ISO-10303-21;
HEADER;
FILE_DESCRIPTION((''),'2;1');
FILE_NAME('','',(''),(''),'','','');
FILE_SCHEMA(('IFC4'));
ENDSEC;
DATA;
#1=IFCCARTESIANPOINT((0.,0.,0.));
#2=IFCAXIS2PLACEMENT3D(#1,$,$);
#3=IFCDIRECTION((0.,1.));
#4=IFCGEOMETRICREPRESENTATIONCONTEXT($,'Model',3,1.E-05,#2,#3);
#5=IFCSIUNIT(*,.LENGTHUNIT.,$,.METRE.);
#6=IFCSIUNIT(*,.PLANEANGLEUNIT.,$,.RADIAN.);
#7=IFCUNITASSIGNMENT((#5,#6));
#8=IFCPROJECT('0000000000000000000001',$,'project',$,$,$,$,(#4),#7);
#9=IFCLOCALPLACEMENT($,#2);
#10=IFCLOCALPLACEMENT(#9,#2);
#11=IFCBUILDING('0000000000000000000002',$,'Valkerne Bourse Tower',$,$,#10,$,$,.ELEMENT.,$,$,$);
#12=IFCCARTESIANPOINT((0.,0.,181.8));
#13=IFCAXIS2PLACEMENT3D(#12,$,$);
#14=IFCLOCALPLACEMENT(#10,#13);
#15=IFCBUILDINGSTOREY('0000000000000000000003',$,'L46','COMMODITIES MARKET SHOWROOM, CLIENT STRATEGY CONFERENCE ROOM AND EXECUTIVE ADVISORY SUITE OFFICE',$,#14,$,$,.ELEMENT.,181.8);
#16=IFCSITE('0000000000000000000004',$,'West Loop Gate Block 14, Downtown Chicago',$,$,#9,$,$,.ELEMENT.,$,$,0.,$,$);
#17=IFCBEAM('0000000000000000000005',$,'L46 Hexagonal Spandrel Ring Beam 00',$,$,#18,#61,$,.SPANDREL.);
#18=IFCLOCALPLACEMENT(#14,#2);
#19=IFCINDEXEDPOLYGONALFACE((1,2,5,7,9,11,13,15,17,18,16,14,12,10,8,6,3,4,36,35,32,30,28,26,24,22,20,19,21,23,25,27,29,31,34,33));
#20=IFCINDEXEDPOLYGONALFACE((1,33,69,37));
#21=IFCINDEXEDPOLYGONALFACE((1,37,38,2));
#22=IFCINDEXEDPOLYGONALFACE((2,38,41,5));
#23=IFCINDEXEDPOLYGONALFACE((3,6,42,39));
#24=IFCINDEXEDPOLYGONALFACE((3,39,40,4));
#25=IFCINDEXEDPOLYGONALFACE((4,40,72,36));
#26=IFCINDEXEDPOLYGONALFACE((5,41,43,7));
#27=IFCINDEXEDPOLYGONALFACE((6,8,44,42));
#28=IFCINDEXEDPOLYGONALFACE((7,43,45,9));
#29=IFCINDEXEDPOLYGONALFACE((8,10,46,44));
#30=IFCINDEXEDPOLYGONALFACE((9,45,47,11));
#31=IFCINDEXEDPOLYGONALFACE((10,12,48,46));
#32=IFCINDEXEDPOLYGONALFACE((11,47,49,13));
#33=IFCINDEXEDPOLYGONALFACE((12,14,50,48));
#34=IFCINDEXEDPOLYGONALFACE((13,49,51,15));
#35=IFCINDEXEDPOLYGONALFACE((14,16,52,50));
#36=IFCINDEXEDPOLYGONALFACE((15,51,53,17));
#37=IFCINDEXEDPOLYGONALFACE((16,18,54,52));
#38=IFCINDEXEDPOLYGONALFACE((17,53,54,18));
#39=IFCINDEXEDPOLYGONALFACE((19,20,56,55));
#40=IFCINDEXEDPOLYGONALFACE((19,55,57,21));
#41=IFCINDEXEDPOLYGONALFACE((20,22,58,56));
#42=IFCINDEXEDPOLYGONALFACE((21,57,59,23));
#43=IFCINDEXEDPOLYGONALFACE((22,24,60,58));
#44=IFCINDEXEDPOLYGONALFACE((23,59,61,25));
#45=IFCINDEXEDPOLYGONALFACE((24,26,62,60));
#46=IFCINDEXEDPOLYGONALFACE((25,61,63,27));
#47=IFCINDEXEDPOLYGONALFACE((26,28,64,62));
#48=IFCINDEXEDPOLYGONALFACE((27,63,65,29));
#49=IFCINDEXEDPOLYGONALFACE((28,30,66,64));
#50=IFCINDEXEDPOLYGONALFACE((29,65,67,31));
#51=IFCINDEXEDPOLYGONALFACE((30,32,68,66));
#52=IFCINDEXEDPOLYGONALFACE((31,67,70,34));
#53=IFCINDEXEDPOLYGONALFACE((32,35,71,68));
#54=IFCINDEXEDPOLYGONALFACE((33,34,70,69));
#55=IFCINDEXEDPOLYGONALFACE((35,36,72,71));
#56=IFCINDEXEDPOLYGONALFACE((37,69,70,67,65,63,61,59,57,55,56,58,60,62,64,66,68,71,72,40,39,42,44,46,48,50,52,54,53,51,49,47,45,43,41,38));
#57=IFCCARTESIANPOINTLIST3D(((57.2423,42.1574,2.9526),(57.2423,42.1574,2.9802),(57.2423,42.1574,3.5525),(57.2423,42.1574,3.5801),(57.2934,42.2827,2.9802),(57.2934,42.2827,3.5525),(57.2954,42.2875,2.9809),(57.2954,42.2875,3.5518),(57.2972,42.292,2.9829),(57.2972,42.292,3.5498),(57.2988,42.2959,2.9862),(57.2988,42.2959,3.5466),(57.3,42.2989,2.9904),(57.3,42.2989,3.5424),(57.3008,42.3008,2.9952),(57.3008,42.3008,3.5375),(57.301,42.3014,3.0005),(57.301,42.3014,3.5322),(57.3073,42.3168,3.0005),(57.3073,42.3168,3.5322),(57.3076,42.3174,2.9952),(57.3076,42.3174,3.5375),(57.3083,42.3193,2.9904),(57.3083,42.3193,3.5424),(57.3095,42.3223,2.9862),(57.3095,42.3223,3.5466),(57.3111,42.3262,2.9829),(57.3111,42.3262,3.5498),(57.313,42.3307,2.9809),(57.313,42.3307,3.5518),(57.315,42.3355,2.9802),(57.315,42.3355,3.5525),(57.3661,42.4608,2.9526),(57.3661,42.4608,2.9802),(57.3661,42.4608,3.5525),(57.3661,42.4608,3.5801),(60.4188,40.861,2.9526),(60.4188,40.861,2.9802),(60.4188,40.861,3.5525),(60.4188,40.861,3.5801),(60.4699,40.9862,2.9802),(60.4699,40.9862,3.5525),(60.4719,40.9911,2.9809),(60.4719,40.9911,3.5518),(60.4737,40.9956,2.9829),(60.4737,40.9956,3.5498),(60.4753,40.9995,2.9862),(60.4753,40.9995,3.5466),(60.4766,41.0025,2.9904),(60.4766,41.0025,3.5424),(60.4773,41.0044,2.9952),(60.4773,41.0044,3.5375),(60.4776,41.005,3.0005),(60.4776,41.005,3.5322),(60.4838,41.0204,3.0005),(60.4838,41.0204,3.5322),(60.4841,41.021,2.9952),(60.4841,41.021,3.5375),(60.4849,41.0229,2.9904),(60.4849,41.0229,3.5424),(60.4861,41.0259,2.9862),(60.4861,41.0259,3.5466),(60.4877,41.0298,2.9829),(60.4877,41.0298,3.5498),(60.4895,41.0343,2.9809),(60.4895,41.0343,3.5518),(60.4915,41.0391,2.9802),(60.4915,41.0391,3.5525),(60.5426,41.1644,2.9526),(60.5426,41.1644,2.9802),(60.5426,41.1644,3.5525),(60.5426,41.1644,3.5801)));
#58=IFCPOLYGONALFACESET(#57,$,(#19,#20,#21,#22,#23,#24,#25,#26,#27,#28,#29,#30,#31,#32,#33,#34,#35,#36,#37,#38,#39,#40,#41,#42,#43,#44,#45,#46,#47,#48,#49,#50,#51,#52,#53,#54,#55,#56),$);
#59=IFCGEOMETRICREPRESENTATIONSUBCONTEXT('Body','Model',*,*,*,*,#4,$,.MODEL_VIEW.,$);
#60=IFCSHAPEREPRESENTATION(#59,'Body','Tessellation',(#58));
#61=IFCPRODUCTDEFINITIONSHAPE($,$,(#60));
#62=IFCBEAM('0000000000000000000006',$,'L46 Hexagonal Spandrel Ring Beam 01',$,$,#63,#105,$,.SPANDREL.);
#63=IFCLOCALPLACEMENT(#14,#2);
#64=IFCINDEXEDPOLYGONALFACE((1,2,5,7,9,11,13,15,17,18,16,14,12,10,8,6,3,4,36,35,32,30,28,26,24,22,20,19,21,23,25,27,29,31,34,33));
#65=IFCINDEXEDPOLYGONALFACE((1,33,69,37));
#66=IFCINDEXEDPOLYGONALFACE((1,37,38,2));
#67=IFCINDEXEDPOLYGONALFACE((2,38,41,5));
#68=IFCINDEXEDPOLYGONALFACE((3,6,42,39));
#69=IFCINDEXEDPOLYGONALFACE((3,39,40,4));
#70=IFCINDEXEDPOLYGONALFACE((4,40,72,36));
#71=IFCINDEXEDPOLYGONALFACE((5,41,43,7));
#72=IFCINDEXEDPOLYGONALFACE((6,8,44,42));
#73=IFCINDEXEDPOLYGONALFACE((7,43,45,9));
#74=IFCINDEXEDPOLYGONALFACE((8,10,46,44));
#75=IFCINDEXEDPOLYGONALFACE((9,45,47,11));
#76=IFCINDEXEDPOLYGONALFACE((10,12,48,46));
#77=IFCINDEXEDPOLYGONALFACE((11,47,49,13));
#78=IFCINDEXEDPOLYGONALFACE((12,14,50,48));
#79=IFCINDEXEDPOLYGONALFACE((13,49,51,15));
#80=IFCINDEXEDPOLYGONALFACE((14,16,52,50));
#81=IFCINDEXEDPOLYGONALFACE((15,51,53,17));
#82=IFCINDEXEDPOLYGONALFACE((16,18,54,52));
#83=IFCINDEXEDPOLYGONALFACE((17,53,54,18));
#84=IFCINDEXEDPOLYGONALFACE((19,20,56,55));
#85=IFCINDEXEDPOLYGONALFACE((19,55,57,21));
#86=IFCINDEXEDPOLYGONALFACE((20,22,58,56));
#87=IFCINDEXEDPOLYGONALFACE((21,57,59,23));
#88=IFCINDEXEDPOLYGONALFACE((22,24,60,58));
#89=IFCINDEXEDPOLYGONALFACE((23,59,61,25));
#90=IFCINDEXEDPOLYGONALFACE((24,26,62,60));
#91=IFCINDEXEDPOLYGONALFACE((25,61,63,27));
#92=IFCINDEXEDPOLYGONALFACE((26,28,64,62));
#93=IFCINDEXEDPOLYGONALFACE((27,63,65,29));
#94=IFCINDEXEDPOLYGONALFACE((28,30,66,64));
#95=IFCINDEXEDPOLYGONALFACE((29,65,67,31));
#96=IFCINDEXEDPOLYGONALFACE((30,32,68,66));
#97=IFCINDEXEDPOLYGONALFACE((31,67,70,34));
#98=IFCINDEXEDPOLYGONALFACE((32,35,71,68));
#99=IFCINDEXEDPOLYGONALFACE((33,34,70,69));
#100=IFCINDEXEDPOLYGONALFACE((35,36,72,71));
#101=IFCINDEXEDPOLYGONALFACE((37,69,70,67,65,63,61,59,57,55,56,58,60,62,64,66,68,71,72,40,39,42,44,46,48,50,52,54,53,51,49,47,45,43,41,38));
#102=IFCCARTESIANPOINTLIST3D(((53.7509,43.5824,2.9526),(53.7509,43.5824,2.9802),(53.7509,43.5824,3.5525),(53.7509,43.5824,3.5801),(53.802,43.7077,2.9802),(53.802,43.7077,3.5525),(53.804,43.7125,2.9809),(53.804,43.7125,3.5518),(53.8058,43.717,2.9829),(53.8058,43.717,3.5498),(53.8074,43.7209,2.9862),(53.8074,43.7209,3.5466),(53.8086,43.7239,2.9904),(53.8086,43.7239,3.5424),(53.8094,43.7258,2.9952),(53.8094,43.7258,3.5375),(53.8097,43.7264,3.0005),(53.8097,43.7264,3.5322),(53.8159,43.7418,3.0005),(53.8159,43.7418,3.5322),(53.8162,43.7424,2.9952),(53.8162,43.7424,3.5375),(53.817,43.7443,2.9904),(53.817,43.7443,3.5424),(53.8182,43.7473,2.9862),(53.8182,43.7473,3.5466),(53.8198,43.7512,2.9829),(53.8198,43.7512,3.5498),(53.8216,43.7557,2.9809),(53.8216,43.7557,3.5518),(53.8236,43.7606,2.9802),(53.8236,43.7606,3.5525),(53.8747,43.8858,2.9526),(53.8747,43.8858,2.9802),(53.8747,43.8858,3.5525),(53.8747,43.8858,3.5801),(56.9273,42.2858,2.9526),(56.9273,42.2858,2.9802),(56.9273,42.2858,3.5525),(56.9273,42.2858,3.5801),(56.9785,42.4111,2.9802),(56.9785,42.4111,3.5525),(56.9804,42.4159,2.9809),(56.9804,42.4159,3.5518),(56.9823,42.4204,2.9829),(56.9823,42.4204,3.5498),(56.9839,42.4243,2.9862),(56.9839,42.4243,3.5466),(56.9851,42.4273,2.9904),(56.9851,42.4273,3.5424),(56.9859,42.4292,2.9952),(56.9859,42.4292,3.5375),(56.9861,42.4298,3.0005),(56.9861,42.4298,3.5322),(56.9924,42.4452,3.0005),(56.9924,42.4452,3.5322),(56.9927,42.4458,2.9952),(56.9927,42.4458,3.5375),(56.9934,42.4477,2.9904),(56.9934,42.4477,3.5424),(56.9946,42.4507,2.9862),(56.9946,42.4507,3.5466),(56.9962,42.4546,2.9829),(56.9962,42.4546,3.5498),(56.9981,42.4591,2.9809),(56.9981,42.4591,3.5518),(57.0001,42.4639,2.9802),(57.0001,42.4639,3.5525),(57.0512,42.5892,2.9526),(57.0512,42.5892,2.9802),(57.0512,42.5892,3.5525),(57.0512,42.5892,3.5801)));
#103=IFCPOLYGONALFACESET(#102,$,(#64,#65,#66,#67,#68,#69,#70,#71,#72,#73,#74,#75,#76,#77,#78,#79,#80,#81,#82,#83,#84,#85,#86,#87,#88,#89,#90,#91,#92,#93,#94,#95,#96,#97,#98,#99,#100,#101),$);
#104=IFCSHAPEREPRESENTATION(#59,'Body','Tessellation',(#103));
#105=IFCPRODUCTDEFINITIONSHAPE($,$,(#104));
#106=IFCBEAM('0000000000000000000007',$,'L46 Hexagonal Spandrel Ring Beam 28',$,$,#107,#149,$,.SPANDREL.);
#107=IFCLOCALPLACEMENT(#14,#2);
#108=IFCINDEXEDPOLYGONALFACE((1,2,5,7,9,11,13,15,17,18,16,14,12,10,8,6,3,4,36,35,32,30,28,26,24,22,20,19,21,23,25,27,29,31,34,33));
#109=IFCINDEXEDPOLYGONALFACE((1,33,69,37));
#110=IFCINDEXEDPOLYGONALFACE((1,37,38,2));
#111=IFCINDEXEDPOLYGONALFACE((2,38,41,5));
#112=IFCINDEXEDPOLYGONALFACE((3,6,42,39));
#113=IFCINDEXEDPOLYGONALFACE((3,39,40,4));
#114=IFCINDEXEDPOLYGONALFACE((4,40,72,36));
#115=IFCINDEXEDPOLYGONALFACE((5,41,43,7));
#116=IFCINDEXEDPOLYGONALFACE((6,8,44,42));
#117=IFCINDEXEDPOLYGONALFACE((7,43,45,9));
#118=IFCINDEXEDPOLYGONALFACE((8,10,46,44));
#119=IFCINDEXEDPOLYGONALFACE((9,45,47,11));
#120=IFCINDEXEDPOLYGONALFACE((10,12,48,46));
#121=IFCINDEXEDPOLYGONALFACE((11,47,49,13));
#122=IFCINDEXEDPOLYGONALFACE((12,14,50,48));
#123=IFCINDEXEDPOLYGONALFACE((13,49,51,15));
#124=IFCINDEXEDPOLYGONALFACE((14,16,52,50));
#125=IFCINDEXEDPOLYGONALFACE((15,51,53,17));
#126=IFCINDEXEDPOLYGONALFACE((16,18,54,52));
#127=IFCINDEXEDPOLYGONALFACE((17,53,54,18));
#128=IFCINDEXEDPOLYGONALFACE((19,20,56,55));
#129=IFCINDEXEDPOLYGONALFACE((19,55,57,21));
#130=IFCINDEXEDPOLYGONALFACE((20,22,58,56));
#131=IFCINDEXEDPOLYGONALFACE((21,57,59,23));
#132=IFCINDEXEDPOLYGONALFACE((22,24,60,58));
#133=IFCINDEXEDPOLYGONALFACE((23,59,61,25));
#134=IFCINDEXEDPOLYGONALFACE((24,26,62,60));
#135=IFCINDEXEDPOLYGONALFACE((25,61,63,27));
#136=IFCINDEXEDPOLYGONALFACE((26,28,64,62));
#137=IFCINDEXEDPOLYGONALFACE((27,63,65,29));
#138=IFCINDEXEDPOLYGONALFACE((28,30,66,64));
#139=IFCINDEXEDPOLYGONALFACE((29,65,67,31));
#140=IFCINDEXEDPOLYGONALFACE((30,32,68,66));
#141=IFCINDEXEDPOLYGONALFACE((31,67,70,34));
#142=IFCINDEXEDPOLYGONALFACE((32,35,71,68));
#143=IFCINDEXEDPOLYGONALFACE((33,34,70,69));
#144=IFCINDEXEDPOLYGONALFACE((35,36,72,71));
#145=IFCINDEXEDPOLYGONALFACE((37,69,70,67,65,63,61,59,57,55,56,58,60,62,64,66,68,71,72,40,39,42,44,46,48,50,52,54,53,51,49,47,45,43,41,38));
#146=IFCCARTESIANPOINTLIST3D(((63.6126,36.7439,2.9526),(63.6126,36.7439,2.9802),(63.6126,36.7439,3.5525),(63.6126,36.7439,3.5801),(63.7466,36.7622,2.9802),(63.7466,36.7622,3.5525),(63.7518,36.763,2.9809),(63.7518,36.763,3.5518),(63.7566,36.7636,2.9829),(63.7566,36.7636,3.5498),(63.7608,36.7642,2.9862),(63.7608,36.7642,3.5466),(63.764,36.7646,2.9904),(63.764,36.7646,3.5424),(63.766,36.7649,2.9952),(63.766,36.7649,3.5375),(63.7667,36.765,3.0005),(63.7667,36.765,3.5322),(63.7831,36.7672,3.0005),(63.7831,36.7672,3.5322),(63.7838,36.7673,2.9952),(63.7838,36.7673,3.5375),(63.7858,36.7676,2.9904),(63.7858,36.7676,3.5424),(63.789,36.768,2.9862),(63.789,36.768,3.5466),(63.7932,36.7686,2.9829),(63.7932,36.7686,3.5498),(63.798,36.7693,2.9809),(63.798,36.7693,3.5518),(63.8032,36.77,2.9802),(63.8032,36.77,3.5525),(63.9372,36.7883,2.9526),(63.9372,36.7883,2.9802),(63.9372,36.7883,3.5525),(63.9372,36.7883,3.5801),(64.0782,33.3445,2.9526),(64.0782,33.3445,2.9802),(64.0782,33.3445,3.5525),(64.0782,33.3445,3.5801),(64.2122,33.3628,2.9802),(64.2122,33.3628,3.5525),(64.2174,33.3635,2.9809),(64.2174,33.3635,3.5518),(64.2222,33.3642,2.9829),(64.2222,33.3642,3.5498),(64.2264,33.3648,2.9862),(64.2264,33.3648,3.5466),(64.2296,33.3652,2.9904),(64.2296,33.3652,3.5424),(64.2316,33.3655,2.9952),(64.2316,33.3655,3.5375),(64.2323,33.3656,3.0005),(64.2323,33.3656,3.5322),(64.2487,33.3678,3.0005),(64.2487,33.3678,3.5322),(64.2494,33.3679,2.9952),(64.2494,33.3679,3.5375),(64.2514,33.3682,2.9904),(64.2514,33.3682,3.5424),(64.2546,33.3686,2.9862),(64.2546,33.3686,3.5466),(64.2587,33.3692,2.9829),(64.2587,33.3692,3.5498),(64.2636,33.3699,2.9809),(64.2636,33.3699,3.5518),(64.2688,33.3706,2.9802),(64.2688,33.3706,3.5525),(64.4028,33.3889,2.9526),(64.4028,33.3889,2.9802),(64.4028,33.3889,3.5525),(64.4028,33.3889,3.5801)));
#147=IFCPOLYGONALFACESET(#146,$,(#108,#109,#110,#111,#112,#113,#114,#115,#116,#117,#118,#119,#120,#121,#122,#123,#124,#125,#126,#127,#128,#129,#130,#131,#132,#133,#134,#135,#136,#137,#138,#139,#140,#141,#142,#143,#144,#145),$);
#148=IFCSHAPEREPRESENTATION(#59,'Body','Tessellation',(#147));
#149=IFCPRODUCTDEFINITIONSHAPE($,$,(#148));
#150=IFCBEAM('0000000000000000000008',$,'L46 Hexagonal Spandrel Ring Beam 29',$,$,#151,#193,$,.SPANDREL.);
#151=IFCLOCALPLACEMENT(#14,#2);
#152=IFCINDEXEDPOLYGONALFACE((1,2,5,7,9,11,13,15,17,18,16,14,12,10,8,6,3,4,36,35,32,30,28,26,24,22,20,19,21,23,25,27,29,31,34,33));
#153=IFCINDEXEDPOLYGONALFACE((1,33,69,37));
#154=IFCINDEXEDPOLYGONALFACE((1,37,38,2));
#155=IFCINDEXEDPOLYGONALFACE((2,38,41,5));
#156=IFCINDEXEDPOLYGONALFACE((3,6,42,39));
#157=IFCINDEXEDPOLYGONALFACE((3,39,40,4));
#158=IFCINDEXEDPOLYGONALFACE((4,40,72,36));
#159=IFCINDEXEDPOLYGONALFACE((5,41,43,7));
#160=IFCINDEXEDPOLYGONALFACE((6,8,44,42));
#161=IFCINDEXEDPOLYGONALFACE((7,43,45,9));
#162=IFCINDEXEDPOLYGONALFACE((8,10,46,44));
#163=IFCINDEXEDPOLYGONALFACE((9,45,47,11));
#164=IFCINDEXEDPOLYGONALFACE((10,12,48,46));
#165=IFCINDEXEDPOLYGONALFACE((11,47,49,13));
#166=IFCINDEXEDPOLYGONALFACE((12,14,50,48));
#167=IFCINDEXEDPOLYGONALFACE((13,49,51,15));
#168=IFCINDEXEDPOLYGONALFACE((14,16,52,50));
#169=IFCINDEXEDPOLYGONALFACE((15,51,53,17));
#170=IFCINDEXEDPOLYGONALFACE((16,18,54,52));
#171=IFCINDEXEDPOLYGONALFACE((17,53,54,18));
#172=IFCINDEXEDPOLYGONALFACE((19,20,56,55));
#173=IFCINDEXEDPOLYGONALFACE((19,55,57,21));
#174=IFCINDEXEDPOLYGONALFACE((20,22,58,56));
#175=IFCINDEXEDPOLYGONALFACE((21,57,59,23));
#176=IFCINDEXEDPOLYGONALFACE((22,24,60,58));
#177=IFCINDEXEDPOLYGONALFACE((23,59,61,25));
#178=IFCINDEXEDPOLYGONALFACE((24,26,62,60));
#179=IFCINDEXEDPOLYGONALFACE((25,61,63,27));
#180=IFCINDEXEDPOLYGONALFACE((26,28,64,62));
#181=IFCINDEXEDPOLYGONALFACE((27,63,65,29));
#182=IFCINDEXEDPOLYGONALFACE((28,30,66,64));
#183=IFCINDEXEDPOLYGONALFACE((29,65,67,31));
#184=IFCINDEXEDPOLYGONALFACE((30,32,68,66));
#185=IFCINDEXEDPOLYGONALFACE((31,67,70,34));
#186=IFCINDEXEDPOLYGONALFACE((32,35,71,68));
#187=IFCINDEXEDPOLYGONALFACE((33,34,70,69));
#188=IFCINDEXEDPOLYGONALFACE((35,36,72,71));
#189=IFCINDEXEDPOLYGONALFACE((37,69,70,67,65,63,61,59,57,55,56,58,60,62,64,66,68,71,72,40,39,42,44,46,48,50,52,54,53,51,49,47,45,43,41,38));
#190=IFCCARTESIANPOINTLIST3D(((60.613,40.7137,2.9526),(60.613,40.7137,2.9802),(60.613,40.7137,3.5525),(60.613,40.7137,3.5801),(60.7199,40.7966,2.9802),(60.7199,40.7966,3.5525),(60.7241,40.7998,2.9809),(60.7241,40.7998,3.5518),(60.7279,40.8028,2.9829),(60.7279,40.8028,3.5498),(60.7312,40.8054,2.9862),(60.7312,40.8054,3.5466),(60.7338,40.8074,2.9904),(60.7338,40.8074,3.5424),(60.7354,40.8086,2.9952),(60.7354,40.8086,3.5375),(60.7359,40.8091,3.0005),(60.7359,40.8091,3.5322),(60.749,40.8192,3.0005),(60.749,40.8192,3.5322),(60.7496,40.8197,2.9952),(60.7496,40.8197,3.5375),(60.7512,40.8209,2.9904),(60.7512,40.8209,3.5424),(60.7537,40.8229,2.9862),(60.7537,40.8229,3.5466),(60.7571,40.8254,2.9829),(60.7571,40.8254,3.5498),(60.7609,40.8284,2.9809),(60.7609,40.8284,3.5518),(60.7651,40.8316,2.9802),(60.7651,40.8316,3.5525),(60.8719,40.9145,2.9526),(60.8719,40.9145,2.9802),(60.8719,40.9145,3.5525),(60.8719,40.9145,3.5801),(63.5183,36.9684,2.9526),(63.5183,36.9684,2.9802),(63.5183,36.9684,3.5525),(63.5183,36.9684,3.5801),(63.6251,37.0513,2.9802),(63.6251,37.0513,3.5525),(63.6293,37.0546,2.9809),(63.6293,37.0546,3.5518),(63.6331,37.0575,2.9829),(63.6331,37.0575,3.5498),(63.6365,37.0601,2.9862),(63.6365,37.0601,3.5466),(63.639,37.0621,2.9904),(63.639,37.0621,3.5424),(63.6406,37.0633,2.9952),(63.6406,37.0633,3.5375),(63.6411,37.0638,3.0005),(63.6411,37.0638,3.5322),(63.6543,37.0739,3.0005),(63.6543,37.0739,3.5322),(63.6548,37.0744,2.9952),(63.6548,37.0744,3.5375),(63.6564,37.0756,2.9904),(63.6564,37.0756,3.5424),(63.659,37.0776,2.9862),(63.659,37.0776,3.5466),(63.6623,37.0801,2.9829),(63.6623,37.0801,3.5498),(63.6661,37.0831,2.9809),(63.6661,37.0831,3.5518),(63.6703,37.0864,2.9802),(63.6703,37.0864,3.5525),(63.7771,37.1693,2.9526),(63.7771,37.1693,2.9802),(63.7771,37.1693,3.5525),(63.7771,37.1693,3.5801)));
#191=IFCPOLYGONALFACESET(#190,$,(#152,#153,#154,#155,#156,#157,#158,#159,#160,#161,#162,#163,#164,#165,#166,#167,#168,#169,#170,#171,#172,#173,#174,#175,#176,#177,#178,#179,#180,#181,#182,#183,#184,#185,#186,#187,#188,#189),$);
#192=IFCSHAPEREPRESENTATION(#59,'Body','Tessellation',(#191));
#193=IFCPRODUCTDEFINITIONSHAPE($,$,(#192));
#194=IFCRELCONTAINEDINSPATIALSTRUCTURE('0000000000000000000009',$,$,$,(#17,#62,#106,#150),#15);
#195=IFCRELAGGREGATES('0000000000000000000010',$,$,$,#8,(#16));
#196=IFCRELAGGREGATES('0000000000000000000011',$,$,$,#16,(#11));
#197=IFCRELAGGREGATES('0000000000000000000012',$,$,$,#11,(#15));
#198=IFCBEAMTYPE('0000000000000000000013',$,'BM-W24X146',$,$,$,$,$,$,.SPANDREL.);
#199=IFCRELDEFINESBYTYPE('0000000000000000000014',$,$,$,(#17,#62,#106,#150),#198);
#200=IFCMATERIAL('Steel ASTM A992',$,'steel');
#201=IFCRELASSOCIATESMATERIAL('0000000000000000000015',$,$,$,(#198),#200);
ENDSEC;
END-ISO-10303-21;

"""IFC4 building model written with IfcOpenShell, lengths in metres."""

from ifc_helpers import new_model, si_unit, direction, frame, origin, origin_2d, place, context, subcontext, project, spatial, i_section, extrude, material, material_profile, profile_set, type_object, element, save


model = new_model("IFC4")

# Units and contexts
model_context = context("Model", 3, precision=1e-05, world=origin(), true_north=direction((0.0, 1.0)))
body_context = subcontext(model_context, "Body", "Model", "MODEL_VIEW")
ifc_project = project(units=[si_unit("LENGTHUNIT", "METRE"), si_unit("PLANEANGLEUNIT", "RADIAN")], contexts=[model_context])

# Site, building, storey
site_placement = place(None, origin())
site = spatial("IfcSite", under=ifc_project, at=site_placement, Name="West Loop Gate Block 14, Downtown Chicago", CompositionType="ELEMENT", RefElevation=0.0)
building_placement = place(site_placement, origin())
building = spatial("IfcBuilding", under=site, at=building_placement, Name="Valkerne Bourse Tower", CompositionType="ELEMENT")
storey_placement = place(building_placement, frame((0.0, 0.0, 181.8)))
storey = spatial("IfcBuildingStorey", under=building, at=storey_placement, Name="L46", Description="COMMODITIES MARKET SHOWROOM, CLIENT STRATEGY CONFERENCE ROOM AND EXECUTIVE ADVISORY SUITE OFFICE", CompositionType="ELEMENT", Elevation=181.8)

# Beams
ifc_material_1 = material(Name="Steel ASTM A992", Category="steel")
ifc_material_profile_1 = material_profile(ifc_material_1, i_section(OverallWidth=0.3276, OverallDepth=0.6274, WebThickness=0.0166, FlangeThickness=0.0276, FilletRadius=0.0203, at=origin_2d()), Name="W24X146")
ifc_profile_set_1 = profile_set([ifc_material_profile_1], Name="Steel ASTM A992")
beam_type = type_object("IfcBeamType", Name="BM-W24X146", PredefinedType="SPANDREL", material=ifc_profile_set_1)
for number, where, z_axis, x_axis, name in (
    (1, (60.4807, 41.0127, 3.2664), (-0.925863, 0.37786, 0.0), (-0.37786, -0.925863, 0.0), "L46 Hexagonal Spandrel Ring Beam 00"),
    (2, (56.9893, 42.4375, 3.2664), (-0.925838, 0.377921, 0.0), (-0.377921, -0.925838, 0.0), "L46 Hexagonal Spandrel Ring Beam 01"),
):
    element("IfcBeam", number, at=place(storey_placement, frame(where, z_axis=z_axis, x_axis=x_axis)), inside=storey, type_object=beam_type, Name=name, PredefinedType="SPANDREL", context=body_context, shape_type="SweptSolid", body=[
        extrude(i_section(OverallWidth=0.3276, OverallDepth=0.6274, WebThickness=0.0166, FlangeThickness=0.0276, FilletRadius=0.0203, at=origin_2d()), origin(), (0.0, 0.0, 1.0), 3.4309),
    ])
beam_1_placement = place(storey_placement, frame((64.2405, 33.3667, 3.2664), z_axis=(-0.135691, 0.990751, 0.0), x_axis=(-0.990751, -0.135691, 0.0)))
element("IfcBeam", 3, at=beam_1_placement, inside=storey, type_object=beam_type, Name="L46 Hexagonal Spandrel Ring Beam 28", PredefinedType="SPANDREL", context=body_context, shape_type="SweptSolid", body=[
    extrude(i_section(OverallWidth=0.3276, OverallDepth=0.6274, WebThickness=0.0166, FlangeThickness=0.0276, FilletRadius=0.0203, at=origin_2d()), origin(), (0.0, 0.0, 1.0), 3.4312),
])
beam_2_placement = place(storey_placement, frame((63.6477, 37.0688, 3.2664), z_axis=(-0.612917, 0.790148, 0.0), x_axis=(-0.790148, -0.612917, 0.0)))
element("IfcBeam", 4, at=beam_2_placement, inside=storey, type_object=beam_type, Name="L46 Hexagonal Spandrel Ring Beam 29", PredefinedType="SPANDREL", context=body_context, shape_type="SweptSolid", body=[
    extrude(i_section(OverallWidth=0.3276, OverallDepth=0.6274, WebThickness=0.0166, FlangeThickness=0.0276, FilletRadius=0.0203, at=origin_2d()), origin(), (0.0, 0.0, 1.0), 4.74),
])

save(model, "model.ifc")
